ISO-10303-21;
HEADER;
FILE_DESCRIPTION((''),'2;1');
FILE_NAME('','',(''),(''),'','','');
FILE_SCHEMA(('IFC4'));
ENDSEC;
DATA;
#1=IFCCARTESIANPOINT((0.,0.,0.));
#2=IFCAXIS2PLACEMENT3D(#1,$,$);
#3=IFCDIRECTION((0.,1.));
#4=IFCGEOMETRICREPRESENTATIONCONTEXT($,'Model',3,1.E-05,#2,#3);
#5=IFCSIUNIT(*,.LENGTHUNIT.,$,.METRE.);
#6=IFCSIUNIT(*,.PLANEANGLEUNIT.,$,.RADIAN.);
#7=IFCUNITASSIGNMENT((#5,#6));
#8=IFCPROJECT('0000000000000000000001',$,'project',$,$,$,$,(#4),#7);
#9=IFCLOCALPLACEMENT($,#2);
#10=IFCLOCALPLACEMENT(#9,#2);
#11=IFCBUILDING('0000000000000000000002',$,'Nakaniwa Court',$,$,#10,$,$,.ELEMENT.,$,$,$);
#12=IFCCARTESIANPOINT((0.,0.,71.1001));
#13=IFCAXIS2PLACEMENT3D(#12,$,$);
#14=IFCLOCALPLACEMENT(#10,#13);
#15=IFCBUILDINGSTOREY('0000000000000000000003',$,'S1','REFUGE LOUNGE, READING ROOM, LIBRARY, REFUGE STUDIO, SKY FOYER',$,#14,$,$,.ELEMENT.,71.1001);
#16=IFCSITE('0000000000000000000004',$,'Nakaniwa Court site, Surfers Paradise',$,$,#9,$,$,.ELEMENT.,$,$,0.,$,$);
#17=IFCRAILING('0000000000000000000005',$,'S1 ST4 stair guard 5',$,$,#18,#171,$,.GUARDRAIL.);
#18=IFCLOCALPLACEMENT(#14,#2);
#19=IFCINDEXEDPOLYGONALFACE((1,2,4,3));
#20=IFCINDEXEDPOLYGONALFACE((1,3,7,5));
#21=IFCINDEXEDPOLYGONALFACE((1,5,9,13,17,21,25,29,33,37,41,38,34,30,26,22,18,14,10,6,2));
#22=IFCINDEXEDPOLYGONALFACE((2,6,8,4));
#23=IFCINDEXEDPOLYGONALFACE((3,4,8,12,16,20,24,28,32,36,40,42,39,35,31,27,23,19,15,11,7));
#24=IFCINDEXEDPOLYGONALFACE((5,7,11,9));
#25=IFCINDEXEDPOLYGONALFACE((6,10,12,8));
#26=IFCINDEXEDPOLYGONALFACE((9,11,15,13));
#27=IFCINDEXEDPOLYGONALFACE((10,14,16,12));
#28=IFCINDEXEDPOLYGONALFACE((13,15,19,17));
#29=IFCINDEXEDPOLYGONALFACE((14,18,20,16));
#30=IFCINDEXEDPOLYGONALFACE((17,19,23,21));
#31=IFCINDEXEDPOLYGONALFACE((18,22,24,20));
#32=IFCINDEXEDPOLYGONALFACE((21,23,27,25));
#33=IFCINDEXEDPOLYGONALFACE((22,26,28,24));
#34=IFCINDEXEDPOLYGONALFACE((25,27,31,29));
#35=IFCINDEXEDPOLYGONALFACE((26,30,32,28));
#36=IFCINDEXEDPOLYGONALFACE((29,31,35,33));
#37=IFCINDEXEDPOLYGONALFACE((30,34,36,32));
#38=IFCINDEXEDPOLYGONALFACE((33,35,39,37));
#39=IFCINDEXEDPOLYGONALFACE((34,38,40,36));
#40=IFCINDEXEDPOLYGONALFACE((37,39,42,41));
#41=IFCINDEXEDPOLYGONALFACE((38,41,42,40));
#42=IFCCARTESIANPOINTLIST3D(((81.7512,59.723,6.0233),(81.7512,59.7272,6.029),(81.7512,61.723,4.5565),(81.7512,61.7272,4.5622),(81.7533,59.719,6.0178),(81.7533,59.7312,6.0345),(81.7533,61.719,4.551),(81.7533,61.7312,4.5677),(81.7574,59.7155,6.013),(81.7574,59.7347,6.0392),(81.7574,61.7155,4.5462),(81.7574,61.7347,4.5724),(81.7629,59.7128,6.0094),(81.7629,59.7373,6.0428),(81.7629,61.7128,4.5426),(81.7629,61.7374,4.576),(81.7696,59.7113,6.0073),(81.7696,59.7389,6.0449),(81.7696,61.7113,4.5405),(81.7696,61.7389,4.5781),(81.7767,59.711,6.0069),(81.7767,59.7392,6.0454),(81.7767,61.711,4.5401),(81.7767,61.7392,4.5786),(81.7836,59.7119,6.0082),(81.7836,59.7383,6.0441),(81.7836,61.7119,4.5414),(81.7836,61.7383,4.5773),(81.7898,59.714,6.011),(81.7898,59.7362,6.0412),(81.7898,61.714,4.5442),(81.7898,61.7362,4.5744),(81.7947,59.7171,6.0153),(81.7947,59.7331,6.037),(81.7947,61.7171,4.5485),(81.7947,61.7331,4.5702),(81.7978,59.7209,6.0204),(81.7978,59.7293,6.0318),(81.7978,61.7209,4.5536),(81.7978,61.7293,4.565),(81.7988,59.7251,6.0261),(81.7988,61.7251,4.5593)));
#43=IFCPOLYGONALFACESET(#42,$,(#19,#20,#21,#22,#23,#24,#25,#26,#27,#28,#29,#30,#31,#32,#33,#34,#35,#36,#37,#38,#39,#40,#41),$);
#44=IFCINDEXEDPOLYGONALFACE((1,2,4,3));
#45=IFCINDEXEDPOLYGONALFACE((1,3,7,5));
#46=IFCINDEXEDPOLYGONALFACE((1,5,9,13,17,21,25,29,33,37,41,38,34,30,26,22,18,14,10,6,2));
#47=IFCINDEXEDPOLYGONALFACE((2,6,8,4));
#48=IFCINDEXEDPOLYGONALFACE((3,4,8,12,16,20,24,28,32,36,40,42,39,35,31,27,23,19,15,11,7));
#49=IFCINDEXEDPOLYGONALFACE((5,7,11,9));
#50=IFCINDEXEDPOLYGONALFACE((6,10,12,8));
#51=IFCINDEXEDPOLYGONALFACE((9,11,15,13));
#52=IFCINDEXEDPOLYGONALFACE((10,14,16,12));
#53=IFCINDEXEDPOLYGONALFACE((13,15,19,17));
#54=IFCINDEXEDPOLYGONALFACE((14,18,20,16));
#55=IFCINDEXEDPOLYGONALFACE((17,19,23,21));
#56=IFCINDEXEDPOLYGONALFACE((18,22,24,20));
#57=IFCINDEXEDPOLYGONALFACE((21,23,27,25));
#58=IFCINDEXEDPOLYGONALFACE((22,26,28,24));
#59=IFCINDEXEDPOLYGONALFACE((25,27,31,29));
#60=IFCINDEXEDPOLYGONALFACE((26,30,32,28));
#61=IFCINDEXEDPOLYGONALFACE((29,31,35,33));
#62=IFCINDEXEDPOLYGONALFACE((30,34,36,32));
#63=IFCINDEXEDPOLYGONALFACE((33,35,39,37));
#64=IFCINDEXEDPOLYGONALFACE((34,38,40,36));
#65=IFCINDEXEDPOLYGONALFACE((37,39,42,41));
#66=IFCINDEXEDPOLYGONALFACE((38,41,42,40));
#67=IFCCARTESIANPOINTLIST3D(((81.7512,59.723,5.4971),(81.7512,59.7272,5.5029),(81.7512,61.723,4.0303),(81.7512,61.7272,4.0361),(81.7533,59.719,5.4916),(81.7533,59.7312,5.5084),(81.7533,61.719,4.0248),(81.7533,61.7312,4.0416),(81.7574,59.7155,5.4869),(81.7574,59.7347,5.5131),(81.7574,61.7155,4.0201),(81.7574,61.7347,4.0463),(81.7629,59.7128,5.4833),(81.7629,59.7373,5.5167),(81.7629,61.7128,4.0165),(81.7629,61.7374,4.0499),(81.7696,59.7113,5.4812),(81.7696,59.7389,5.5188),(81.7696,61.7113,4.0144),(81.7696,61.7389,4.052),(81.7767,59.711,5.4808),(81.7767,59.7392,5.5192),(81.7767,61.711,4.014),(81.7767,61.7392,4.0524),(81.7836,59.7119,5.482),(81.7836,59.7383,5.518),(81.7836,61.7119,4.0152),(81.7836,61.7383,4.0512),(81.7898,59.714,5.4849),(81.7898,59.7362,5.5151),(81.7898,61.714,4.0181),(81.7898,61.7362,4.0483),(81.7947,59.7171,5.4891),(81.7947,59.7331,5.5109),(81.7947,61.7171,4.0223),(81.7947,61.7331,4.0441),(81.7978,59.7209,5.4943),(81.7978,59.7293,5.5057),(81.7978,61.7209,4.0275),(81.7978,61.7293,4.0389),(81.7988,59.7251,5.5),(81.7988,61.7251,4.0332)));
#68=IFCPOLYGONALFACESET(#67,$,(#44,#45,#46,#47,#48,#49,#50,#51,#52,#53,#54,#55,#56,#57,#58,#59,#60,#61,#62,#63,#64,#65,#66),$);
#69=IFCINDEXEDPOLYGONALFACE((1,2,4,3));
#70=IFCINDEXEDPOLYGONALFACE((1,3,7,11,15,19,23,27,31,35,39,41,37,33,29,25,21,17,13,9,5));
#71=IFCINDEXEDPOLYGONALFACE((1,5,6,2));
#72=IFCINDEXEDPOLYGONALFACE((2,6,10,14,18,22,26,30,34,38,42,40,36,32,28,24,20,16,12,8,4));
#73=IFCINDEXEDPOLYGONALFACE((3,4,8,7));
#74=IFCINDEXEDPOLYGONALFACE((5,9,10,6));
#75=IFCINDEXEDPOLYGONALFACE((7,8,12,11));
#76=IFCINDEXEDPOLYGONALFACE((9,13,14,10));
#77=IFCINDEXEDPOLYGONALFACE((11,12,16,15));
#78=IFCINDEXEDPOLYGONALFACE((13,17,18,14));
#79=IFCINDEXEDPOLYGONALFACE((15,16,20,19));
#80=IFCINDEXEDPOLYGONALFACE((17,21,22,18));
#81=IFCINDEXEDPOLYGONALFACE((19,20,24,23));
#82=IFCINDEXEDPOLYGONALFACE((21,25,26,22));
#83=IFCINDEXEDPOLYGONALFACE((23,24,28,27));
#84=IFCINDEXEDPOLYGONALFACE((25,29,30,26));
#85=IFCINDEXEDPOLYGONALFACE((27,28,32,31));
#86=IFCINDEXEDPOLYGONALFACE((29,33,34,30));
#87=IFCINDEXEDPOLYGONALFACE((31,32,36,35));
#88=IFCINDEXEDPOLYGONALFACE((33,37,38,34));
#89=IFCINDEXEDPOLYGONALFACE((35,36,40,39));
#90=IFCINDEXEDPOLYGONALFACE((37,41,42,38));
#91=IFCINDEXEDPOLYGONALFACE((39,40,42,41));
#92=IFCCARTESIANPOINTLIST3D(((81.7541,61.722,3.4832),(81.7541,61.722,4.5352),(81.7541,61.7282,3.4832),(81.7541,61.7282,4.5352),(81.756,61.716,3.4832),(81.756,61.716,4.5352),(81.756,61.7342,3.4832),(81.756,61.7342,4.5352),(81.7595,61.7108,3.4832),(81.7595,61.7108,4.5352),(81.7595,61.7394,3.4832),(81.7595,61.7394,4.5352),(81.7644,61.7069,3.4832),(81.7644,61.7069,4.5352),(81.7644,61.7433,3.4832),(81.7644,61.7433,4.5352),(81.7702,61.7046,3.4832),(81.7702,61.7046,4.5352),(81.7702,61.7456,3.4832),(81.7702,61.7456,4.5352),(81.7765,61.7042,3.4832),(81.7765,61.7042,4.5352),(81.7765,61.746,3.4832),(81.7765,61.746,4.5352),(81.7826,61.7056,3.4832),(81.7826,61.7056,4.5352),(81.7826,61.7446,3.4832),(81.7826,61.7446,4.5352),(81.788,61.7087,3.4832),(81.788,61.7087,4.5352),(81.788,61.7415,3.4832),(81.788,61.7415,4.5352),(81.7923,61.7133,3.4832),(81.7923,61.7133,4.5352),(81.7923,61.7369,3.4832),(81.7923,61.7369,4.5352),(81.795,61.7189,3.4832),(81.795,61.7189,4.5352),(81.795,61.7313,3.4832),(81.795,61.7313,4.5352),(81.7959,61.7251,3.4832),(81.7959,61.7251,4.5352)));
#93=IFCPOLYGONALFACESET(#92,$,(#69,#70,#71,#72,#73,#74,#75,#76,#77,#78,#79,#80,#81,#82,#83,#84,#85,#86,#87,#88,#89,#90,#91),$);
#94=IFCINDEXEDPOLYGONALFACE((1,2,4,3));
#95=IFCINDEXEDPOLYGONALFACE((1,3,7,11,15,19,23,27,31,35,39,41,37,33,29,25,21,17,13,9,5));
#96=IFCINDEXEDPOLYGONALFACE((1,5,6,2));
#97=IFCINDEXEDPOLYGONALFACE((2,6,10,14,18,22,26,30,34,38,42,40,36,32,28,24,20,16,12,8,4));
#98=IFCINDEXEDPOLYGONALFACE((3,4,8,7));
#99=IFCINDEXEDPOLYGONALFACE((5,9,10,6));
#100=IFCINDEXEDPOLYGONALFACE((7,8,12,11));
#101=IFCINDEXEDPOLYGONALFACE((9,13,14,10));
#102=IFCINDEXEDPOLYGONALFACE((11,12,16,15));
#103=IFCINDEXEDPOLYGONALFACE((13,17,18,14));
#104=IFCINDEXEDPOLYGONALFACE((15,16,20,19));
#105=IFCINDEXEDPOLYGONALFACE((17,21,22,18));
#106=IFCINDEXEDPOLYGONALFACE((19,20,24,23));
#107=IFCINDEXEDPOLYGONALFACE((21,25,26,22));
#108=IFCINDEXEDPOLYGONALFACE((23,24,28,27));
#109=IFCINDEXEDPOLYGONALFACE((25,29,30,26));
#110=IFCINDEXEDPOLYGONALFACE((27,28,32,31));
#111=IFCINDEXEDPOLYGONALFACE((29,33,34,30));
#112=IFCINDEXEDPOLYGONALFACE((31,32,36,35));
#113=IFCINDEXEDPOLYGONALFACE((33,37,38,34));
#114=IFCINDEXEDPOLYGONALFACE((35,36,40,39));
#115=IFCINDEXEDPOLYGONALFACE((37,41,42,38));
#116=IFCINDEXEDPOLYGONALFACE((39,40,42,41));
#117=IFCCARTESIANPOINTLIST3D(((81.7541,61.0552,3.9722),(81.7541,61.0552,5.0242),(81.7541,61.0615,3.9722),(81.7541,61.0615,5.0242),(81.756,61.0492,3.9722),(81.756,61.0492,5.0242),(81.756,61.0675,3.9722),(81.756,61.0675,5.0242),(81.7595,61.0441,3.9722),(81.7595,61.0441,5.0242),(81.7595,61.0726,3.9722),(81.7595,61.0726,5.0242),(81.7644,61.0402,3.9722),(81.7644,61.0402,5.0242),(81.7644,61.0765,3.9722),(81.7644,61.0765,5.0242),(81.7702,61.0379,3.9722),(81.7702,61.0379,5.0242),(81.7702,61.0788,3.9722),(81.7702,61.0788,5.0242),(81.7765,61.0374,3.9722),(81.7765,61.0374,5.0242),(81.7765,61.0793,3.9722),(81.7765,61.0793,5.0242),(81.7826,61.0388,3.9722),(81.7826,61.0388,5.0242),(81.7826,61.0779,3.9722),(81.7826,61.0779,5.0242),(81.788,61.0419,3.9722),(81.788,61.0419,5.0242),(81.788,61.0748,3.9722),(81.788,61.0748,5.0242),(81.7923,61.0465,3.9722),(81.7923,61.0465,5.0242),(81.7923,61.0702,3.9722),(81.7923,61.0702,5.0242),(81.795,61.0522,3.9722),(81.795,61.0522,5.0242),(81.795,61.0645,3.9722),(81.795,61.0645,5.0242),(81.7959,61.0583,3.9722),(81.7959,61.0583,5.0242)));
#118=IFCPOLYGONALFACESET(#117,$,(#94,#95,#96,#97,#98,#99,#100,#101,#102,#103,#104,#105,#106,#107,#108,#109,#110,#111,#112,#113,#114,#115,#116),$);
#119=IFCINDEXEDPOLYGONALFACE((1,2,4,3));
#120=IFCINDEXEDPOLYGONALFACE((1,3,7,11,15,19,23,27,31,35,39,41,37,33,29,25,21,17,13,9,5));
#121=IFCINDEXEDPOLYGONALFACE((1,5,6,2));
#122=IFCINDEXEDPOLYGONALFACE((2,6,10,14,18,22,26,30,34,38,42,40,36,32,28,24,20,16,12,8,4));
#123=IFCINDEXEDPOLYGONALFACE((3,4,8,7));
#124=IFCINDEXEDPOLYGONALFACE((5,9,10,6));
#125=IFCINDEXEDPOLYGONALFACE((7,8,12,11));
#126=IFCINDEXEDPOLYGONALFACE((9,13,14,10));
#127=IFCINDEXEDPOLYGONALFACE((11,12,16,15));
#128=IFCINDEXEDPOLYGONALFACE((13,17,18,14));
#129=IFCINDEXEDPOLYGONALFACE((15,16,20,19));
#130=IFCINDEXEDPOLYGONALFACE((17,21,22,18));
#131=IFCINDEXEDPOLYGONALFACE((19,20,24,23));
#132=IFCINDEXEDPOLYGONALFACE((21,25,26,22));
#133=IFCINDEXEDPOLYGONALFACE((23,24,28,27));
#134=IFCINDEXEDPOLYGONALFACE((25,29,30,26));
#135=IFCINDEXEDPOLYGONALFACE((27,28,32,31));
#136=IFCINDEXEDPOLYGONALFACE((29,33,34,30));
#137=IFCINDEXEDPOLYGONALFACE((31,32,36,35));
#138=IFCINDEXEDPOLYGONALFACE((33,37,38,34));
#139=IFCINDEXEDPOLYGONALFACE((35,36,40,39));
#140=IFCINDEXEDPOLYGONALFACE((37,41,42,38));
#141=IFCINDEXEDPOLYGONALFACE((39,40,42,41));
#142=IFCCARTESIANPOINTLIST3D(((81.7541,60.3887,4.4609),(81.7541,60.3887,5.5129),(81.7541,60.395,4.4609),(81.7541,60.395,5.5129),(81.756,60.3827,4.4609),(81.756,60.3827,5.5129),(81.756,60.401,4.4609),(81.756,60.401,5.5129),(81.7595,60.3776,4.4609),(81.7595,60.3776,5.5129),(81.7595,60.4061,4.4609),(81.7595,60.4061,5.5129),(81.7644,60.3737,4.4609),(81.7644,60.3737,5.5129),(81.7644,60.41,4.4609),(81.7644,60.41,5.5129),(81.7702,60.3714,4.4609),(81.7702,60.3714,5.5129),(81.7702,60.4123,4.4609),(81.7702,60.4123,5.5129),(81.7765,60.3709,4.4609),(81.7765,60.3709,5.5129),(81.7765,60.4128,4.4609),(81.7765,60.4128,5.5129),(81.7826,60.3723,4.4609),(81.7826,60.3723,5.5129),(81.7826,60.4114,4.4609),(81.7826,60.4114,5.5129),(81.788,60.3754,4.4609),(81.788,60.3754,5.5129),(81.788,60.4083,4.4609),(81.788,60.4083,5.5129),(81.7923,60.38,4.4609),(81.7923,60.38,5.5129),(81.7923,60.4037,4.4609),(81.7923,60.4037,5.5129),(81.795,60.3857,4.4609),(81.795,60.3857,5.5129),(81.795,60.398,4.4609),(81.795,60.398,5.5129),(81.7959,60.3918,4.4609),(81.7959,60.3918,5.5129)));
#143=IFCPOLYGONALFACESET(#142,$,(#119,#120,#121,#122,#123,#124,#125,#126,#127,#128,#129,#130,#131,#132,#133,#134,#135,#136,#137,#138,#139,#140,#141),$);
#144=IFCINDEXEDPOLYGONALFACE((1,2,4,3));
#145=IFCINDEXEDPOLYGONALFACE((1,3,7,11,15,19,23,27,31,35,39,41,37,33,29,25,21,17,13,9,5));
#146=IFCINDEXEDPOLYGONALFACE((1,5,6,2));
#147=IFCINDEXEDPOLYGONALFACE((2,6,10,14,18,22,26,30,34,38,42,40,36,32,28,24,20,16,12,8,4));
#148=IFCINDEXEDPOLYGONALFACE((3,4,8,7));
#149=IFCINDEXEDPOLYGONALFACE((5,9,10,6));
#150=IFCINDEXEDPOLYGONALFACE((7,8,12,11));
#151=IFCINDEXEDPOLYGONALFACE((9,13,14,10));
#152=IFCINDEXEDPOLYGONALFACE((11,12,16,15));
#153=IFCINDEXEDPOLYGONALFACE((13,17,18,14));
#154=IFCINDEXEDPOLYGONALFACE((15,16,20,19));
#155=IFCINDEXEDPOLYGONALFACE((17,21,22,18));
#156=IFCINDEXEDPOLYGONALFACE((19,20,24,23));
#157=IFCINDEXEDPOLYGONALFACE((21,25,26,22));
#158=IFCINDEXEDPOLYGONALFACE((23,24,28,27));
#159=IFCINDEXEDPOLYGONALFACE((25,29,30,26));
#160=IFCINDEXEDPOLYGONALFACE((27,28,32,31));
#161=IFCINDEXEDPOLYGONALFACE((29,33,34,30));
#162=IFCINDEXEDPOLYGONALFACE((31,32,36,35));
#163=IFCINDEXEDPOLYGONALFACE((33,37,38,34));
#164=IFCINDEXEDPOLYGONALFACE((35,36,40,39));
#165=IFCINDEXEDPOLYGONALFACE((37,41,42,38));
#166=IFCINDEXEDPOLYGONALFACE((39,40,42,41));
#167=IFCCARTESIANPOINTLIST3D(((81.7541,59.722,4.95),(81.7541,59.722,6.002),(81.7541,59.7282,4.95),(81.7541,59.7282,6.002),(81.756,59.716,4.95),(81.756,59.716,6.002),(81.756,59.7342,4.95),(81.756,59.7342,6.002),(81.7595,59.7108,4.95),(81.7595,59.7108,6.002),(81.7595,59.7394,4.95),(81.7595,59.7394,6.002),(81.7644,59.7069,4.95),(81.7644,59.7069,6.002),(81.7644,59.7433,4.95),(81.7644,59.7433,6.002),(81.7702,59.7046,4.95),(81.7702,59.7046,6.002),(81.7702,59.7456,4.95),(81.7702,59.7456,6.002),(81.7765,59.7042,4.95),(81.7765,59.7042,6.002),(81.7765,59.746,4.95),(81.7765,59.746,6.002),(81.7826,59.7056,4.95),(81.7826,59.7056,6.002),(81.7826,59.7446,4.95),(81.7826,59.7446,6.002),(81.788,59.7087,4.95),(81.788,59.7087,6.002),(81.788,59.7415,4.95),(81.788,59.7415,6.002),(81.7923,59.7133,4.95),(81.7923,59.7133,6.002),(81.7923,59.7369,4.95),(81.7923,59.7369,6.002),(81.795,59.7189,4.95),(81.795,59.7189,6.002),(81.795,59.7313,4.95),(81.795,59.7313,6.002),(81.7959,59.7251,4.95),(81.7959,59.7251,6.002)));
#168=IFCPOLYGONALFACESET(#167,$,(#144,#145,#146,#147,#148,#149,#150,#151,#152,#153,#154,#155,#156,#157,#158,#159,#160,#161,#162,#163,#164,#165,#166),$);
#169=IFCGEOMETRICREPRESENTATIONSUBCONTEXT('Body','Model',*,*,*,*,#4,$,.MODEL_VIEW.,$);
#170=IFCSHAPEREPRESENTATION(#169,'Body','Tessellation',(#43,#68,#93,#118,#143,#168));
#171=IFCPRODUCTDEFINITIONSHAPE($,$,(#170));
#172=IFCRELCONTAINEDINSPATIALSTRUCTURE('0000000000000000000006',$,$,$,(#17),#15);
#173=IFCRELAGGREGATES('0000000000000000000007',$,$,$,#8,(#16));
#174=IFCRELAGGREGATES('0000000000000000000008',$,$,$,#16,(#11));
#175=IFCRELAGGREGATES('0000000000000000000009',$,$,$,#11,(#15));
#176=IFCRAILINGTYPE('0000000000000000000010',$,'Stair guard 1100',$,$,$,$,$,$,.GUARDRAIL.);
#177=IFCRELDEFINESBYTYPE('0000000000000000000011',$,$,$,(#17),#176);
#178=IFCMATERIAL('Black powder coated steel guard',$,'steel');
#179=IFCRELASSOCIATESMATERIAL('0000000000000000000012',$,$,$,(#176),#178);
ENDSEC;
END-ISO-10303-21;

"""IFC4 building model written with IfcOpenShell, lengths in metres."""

from ifc_helpers import new_model, si_unit, direction, frame, origin, origin_2d, place, context, subcontext, project, spatial, circle, extrude, material, type_object, element, save


model = new_model("IFC4")

# Units and contexts
model_context = context("Model", 3, precision=1e-05, world=origin(), true_north=direction((0.0, 1.0)))
body_context = subcontext(model_context, "Body", "Model", "MODEL_VIEW")
ifc_project = project(units=[si_unit("LENGTHUNIT", "METRE"), si_unit("PLANEANGLEUNIT", "RADIAN")], contexts=[model_context])

# Site, building, storey
site_placement = place(None, origin())
site = spatial("IfcSite", under=ifc_project, at=site_placement, Name="Nakaniwa Court site, Surfers Paradise", CompositionType="ELEMENT", RefElevation=0.0)
building_placement = place(site_placement, origin())
building = spatial("IfcBuilding", under=site, at=building_placement, Name="Nakaniwa Court", CompositionType="ELEMENT")
storey_placement = place(building_placement, frame((0.0, 0.0, 71.1001)))
storey = spatial("IfcBuildingStorey", under=building, at=storey_placement, Name="S1", Description="REFUGE LOUNGE, READING ROOM, LIBRARY, REFUGE STUDIO, SKY FOYER", CompositionType="ELEMENT", Elevation=71.1001)

# Railing
ifc_material_1 = material(Name="Black powder coated steel guard", Category="steel")
railing_type = type_object("IfcRailingType", Name="Stair guard 1100", PredefinedType="GUARDRAIL", material=ifc_material_1)
railing_1_placement = place(storey_placement, frame((81.7749, 61.7251, 3.4832)))
element("IfcRailing", 1, at=railing_1_placement, inside=storey, type_object=railing_type, Name="S1 ST4 stair guard 5", PredefinedType="GUARDRAIL", context=body_context, shape_type="SweptSolid", body=[
    extrude(circle(Radius=0.0239, at=origin_2d()), frame((0.0, 0.0, 1.0762), z_axis=(0.0, -0.80638, 0.591398), x_axis=(1.0, 0.0, 0.0)), (0.0, 0.0, 1.0), 2.4802),
    extrude(circle(Radius=0.0239, at=origin_2d()), frame((0.0, 0.0, 0.55), z_axis=(0.0, -0.80638, 0.591398), x_axis=(1.0, 0.0, 0.0)), (0.0, 0.0, 1.0), 2.4802),
    extrude(circle(Radius=0.021, at=origin_2d()), origin(), (0.0, 0.0, 1.0), 1.052),
    extrude(circle(Radius=0.021, at=origin_2d()), frame((0.0, -0.6667, 0.489)), (0.0, 0.0, 1.0), 1.052),
    extrude(circle(Radius=0.021, at=origin_2d()), frame((0.0, -1.3333, 0.9778)), (0.0, 0.0, 1.0), 1.052),
    extrude(circle(Radius=0.021, at=origin_2d()), frame((0.0, -2.0, 1.4668)), (0.0, 0.0, 1.0), 1.052),
])

save(model, "model.ifc")
